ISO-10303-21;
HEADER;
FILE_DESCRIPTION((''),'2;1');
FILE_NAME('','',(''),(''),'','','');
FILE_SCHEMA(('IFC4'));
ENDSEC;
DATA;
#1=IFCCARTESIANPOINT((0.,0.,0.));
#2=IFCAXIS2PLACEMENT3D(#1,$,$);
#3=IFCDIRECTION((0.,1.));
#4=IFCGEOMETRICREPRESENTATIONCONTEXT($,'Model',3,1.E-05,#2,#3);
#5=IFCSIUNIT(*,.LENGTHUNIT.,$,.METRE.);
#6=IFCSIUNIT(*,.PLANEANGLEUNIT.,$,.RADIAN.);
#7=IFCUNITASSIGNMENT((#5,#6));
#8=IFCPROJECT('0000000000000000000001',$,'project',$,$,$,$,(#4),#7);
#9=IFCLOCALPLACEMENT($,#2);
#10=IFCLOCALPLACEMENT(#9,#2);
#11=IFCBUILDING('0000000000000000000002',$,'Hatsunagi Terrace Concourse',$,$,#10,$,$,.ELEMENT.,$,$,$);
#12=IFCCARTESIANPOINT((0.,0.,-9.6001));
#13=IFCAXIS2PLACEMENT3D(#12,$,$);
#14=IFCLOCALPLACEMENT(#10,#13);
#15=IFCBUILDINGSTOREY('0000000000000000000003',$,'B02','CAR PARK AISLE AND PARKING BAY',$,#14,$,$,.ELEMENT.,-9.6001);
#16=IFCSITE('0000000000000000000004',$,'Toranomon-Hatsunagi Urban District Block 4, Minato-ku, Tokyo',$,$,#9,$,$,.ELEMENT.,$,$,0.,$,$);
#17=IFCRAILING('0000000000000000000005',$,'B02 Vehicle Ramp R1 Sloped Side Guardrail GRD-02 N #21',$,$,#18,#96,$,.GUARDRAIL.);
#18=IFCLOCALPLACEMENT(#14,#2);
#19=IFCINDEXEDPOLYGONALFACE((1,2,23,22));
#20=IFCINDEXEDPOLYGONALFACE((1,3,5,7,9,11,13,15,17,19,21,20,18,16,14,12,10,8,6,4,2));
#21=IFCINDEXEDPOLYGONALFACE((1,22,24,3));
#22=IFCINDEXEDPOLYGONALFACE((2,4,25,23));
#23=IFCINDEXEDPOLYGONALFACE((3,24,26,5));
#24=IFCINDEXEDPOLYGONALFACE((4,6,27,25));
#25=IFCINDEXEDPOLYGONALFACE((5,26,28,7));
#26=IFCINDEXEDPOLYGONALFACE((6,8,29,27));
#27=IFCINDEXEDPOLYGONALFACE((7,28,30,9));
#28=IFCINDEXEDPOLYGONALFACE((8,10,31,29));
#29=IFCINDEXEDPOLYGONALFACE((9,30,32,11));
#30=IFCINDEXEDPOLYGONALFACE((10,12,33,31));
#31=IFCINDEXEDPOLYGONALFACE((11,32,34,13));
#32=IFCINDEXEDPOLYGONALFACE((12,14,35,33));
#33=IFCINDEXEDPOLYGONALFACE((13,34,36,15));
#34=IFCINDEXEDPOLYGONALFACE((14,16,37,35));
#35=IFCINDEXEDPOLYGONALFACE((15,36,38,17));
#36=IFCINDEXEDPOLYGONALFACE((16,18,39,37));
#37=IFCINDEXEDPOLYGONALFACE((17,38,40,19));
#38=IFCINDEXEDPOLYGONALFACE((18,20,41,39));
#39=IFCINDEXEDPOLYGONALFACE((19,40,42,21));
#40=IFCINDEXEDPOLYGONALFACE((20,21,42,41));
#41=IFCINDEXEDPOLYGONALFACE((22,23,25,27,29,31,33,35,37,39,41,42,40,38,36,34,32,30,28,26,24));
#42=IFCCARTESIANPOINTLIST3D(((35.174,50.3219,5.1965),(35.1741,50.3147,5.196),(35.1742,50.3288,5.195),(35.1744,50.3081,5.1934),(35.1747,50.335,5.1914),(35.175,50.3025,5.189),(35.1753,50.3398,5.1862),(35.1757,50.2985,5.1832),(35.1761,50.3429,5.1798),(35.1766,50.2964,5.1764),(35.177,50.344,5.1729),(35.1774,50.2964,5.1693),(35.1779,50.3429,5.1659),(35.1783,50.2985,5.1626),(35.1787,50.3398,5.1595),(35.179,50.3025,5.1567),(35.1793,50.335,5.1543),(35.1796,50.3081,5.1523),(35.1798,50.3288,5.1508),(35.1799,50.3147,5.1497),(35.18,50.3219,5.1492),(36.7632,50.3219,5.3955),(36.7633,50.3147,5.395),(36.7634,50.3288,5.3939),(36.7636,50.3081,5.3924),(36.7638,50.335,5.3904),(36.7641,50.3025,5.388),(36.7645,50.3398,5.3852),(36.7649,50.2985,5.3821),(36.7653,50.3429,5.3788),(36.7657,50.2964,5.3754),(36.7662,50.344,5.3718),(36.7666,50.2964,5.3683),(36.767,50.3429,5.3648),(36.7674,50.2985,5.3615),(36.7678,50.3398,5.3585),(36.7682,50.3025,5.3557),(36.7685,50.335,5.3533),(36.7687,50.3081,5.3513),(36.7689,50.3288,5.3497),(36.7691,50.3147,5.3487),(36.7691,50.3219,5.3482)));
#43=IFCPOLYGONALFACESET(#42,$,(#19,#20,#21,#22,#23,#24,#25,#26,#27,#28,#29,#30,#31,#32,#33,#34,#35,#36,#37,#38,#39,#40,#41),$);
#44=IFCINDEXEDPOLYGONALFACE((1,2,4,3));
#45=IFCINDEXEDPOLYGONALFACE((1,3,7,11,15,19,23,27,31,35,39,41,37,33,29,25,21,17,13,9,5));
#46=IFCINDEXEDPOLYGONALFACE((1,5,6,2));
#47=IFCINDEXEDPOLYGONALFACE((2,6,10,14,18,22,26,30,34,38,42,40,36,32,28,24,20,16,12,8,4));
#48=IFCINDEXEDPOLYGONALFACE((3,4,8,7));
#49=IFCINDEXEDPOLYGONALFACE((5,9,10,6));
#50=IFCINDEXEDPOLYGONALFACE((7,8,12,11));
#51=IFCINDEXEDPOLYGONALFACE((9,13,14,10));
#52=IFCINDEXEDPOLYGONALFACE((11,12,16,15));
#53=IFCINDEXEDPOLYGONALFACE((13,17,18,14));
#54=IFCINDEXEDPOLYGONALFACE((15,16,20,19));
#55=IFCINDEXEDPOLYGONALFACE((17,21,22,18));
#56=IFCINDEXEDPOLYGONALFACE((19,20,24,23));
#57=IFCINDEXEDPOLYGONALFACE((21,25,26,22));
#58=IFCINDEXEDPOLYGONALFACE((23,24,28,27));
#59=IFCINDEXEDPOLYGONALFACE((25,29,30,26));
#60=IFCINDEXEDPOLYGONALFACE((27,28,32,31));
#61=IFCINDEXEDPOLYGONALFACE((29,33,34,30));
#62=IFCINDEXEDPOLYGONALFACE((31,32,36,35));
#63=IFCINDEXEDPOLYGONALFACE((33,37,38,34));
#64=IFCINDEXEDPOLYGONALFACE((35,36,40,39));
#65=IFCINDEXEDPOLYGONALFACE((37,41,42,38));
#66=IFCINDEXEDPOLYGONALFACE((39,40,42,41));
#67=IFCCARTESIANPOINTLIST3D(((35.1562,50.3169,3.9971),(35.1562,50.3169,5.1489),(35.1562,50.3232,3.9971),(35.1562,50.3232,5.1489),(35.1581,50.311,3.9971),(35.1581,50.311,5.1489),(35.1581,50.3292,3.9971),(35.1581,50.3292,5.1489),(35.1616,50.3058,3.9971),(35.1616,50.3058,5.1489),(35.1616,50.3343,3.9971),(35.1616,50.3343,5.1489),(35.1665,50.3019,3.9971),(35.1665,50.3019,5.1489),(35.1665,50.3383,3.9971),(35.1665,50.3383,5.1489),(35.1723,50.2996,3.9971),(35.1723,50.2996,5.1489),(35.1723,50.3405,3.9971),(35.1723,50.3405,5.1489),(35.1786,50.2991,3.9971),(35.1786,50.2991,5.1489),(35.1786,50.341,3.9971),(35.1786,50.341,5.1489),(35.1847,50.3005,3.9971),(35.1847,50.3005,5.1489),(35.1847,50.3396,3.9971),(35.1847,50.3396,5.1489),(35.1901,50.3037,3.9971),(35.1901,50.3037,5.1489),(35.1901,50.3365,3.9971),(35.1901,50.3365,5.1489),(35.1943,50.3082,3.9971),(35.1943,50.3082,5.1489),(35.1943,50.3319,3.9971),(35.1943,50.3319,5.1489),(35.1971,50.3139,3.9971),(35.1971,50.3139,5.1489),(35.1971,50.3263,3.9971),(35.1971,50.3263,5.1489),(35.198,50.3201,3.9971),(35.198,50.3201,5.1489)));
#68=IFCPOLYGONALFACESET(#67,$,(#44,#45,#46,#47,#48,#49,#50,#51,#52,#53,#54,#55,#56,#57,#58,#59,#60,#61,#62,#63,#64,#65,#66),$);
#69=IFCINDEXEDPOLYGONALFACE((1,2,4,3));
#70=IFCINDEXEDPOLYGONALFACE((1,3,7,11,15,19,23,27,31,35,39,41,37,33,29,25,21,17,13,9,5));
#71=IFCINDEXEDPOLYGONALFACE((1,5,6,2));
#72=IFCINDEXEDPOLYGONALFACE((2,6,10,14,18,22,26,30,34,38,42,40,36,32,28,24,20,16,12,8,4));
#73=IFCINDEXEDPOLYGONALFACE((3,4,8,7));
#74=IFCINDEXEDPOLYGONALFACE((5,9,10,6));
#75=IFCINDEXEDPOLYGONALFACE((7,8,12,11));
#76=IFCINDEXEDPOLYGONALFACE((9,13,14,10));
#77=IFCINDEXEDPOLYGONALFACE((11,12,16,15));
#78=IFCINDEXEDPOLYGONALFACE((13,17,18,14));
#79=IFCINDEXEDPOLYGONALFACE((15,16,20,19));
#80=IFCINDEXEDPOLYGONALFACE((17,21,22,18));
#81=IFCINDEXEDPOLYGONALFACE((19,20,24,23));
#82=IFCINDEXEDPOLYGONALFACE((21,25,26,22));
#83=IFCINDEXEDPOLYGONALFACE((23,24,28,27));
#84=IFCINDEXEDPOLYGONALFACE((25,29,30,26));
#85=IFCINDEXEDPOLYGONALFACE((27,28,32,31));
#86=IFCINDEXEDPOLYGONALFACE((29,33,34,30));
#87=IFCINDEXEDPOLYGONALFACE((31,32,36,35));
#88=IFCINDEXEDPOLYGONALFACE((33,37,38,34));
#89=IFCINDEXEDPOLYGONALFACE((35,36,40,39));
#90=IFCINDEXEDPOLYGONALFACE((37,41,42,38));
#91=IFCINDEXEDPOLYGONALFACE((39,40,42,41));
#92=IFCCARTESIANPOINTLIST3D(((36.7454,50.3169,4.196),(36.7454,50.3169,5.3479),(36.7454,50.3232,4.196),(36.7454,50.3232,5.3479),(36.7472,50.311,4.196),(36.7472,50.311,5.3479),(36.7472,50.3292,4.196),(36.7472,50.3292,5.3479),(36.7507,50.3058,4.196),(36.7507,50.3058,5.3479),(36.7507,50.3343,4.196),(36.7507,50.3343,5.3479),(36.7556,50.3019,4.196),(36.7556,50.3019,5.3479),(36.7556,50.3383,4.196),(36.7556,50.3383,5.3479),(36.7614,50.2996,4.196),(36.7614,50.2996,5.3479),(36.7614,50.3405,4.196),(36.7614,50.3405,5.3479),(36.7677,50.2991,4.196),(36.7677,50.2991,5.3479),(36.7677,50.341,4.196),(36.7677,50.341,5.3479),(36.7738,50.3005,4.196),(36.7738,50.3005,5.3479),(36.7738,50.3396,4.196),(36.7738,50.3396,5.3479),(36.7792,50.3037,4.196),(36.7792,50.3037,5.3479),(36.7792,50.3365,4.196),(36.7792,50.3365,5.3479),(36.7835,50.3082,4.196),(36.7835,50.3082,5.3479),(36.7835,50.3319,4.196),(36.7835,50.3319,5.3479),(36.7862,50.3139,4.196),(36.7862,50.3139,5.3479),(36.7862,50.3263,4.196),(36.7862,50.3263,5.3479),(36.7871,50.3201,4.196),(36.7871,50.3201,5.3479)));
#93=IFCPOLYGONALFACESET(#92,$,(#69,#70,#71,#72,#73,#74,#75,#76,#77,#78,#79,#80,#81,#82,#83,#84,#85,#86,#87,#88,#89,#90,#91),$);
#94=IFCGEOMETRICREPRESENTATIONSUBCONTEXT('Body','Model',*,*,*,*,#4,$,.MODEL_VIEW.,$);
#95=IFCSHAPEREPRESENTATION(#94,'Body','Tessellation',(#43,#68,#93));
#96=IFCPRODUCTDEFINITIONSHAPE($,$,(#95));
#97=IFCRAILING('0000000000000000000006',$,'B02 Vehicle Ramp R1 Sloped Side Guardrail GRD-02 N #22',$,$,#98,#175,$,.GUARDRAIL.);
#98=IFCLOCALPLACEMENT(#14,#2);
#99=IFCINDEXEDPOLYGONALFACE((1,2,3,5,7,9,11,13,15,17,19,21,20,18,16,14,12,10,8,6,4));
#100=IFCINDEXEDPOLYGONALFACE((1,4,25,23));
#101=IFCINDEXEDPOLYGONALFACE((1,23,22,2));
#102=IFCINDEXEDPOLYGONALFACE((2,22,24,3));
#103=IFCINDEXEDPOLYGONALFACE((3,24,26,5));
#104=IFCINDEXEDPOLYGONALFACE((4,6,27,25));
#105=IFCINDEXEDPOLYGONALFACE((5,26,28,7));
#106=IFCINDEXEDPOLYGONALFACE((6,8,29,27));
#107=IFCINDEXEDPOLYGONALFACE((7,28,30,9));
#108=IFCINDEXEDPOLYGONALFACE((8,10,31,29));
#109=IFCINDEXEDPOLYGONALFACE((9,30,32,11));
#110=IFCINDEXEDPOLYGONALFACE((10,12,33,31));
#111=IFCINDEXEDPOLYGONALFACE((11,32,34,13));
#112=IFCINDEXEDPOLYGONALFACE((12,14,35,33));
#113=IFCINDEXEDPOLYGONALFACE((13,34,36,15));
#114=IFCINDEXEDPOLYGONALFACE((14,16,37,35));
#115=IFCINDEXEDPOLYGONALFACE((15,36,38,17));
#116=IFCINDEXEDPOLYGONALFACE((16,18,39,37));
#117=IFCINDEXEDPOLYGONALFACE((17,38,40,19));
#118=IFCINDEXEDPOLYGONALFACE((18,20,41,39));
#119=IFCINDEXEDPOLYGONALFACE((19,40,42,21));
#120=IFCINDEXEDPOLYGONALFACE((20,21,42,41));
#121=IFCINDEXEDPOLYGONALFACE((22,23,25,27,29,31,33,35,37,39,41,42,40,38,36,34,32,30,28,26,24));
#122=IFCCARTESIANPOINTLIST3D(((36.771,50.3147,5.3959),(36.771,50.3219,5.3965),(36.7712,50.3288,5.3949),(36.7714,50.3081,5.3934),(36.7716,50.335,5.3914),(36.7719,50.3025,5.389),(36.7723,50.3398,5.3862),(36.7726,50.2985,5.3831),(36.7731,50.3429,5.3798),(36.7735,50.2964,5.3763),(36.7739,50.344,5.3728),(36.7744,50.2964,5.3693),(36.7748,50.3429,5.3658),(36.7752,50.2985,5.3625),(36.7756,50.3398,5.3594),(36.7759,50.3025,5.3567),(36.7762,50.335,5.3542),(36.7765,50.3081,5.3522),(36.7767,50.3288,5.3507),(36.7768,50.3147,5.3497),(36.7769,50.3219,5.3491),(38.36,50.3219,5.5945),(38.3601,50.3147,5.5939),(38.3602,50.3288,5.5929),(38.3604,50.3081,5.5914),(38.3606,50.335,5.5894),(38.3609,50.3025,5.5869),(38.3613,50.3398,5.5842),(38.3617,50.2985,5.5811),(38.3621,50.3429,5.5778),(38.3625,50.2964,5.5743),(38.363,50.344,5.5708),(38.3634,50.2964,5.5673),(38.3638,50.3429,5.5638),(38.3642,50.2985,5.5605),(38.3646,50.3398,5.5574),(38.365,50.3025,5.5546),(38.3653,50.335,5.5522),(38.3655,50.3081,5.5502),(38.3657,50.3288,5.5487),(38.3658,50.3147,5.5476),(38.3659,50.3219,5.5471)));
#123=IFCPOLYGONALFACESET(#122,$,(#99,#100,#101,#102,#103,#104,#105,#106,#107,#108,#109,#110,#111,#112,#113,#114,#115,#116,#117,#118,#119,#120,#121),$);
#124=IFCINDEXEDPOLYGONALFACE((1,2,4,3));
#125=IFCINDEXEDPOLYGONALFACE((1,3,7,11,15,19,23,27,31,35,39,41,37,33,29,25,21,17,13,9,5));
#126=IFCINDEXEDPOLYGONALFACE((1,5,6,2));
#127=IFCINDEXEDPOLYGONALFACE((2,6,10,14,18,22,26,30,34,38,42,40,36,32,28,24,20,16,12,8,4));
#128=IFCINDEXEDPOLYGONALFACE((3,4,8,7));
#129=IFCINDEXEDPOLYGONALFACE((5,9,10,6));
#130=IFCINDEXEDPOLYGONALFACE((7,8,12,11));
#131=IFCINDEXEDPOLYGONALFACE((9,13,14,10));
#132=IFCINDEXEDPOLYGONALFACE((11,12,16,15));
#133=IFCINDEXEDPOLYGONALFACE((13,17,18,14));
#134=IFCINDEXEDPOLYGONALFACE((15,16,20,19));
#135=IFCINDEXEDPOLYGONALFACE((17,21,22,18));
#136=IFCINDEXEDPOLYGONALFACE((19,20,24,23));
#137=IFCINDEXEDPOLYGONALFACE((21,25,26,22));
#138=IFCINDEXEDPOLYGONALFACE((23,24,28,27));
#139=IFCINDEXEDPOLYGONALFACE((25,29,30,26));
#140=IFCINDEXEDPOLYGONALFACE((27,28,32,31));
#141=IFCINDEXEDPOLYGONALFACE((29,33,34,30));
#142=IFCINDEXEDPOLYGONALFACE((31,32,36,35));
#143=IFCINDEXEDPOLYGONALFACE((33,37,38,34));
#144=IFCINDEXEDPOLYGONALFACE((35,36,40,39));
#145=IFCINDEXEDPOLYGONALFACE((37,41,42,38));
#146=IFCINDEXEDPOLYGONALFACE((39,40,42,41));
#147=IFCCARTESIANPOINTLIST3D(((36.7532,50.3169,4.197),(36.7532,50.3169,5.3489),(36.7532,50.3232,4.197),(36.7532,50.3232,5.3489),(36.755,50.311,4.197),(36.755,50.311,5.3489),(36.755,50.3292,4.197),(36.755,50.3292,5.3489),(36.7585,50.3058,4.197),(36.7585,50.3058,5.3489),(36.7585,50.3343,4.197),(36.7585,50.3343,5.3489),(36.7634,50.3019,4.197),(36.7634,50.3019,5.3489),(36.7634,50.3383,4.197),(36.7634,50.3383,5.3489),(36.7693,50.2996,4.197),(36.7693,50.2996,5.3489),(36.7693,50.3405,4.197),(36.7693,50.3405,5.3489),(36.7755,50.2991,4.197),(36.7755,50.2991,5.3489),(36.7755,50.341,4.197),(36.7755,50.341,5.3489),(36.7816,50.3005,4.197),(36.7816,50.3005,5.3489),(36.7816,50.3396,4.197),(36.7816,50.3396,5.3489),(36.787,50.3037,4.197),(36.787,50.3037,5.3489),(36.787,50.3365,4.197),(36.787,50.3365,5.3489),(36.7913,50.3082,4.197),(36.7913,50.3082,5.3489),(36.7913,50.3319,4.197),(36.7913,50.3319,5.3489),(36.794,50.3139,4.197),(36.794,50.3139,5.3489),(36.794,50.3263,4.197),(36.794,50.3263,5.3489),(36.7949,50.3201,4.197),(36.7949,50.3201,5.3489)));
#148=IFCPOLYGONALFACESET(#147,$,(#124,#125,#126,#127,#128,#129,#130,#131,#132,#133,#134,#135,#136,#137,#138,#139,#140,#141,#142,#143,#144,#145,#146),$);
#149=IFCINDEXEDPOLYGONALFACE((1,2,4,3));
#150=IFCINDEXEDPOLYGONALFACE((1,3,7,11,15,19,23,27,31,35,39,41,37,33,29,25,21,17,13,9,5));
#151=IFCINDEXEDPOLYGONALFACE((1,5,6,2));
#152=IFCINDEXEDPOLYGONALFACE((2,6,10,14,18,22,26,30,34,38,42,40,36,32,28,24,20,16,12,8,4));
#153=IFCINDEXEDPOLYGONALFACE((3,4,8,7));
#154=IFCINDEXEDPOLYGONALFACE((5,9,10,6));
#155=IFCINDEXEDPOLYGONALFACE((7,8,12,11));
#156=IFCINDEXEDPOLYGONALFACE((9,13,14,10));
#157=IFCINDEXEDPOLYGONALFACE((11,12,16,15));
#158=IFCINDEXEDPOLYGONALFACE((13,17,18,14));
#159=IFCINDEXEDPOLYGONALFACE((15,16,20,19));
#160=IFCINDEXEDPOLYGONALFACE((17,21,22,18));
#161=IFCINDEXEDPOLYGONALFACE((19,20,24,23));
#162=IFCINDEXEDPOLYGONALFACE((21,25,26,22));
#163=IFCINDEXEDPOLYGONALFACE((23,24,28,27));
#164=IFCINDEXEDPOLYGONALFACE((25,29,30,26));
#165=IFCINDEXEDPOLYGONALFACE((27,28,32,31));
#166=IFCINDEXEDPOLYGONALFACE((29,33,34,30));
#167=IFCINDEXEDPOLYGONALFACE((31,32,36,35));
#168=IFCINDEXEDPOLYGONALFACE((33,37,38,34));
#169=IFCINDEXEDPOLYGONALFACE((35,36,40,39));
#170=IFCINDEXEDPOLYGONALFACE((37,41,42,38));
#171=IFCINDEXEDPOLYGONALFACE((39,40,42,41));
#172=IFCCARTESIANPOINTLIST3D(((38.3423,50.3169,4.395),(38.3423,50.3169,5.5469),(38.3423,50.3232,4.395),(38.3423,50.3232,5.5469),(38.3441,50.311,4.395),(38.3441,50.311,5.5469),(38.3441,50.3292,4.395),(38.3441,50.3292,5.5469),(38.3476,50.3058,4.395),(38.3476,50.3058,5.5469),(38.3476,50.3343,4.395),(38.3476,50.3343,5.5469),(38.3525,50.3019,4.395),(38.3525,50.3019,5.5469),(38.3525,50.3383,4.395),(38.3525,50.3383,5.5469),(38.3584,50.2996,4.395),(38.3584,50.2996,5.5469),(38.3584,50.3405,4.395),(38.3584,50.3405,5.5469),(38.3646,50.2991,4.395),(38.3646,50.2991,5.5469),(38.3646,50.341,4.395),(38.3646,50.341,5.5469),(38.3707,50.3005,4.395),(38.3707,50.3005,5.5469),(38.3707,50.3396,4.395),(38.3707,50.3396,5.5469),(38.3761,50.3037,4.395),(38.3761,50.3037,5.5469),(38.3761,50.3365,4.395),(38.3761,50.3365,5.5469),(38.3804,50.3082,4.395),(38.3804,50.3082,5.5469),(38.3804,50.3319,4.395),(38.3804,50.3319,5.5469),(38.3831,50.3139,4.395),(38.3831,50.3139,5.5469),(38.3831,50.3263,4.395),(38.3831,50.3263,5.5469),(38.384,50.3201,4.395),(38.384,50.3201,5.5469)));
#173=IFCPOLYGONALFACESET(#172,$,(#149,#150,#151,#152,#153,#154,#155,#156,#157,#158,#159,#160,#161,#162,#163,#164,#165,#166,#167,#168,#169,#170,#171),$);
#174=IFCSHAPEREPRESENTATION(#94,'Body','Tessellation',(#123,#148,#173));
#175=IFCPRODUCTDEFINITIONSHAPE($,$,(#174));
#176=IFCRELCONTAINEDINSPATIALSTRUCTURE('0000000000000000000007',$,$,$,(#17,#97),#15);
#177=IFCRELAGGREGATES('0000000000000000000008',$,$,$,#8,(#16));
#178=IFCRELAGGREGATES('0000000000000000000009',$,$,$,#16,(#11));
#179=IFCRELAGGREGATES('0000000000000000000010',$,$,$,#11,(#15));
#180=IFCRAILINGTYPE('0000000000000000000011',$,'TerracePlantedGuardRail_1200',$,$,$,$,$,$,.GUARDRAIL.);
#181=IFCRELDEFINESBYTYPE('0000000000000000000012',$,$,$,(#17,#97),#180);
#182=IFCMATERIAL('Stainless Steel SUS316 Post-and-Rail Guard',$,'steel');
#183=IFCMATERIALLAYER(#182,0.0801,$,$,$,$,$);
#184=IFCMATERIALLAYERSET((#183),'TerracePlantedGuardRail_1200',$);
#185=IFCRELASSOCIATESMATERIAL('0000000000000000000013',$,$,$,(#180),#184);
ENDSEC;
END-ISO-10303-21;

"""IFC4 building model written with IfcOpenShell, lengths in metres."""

from ifc_helpers import new_model, si_unit, direction, frame, origin, origin_2d, place, context, subcontext, project, spatial, circle, extrude, material, layer, layer_set, type_object, element, save


model = new_model("IFC4")

# Units and contexts
model_context = context("Model", 3, precision=1e-05, world=origin(), true_north=direction((0.0, 1.0)))
body_context = subcontext(model_context, "Body", "Model", "MODEL_VIEW")
ifc_project = project(units=[si_unit("LENGTHUNIT", "METRE"), si_unit("PLANEANGLEUNIT", "RADIAN")], contexts=[model_context])

# Site, building, storey
site_placement = place(None, origin())
site = spatial("IfcSite", under=ifc_project, at=site_placement, Name="Toranomon-Hatsunagi Urban District Block 4, Minato-ku, Tokyo", CompositionType="ELEMENT", RefElevation=0.0)
building_placement = place(site_placement, origin())
building = spatial("IfcBuilding", under=site, at=building_placement, Name="Hatsunagi Terrace Concourse", CompositionType="ELEMENT")
storey_placement = place(building_placement, frame((0.0, 0.0, -9.6001)))
storey = spatial("IfcBuildingStorey", under=building, at=storey_placement, Name="B02", Description="CAR PARK AISLE AND PARKING BAY", CompositionType="ELEMENT", Elevation=-9.6001)

# Railings
ifc_material_1 = material(Name="Stainless Steel SUS316 Post-and-Rail Guard", Category="steel")
ifc_layer_1 = layer(ifc_material_1, 0.0801)
ifc_layer_set_1 = layer_set([ifc_layer_1], Name="TerracePlantedGuardRail_1200")
railing_type = type_object("IfcRailingType", Name="TerracePlantedGuardRail_1200", PredefinedType="GUARDRAIL", material=ifc_layer_set_1)
railing_1_placement = place(storey_placement, frame((35.177, 50.3201, 3.9971)))
element("IfcRailing", 1, at=railing_1_placement, inside=storey, type_object=railing_type, Name="B02 Vehicle Ramp R1 Sloped Side Guardrail GRD-02 N #21", PredefinedType="GUARDRAIL", context=body_context, shape_type="SweptSolid", body=[
    extrude(circle(Radius=0.0239, at=origin_2d()), frame((0.0, 0.0, 1.1758), z_axis=(0.992252, 0.0, 0.124241), x_axis=(0.0, 1.0, 0.0)), (0.0, 0.0, 1.0), 1.6016),
    extrude(circle(Radius=0.021, at=origin_2d()), origin(), (0.0, 0.0, 1.0), 1.1519),
    extrude(circle(Radius=0.021, at=origin_2d()), frame((1.5891, 0.0, 0.199)), (0.0, 0.0, 1.0), 1.1519),
])
railing_2_placement = place(storey_placement, frame((36.7739, 50.3201, 4.197)))
element("IfcRailing", 2, at=railing_2_placement, inside=storey, type_object=railing_type, Name="B02 Vehicle Ramp R1 Sloped Side Guardrail GRD-02 N #22", PredefinedType="GUARDRAIL", context=body_context, shape_type="SweptSolid", body=[
    extrude(circle(Radius=0.0239, at=origin_2d()), frame((0.0, 0.0, 1.1758), z_axis=(0.992327, 0.0, 0.123641), x_axis=(0.0, 1.0, 0.0)), (0.0, 0.0, 1.0), 1.6013),
    extrude(circle(Radius=0.021, at=origin_2d()), origin(), (0.0, 0.0, 1.0), 1.1519),
    extrude(circle(Radius=0.021, at=origin_2d()), frame((1.5891, 0.0, 0.198)), (0.0, 0.0, 1.0), 1.1519),
])

save(model, "model.ifc")
